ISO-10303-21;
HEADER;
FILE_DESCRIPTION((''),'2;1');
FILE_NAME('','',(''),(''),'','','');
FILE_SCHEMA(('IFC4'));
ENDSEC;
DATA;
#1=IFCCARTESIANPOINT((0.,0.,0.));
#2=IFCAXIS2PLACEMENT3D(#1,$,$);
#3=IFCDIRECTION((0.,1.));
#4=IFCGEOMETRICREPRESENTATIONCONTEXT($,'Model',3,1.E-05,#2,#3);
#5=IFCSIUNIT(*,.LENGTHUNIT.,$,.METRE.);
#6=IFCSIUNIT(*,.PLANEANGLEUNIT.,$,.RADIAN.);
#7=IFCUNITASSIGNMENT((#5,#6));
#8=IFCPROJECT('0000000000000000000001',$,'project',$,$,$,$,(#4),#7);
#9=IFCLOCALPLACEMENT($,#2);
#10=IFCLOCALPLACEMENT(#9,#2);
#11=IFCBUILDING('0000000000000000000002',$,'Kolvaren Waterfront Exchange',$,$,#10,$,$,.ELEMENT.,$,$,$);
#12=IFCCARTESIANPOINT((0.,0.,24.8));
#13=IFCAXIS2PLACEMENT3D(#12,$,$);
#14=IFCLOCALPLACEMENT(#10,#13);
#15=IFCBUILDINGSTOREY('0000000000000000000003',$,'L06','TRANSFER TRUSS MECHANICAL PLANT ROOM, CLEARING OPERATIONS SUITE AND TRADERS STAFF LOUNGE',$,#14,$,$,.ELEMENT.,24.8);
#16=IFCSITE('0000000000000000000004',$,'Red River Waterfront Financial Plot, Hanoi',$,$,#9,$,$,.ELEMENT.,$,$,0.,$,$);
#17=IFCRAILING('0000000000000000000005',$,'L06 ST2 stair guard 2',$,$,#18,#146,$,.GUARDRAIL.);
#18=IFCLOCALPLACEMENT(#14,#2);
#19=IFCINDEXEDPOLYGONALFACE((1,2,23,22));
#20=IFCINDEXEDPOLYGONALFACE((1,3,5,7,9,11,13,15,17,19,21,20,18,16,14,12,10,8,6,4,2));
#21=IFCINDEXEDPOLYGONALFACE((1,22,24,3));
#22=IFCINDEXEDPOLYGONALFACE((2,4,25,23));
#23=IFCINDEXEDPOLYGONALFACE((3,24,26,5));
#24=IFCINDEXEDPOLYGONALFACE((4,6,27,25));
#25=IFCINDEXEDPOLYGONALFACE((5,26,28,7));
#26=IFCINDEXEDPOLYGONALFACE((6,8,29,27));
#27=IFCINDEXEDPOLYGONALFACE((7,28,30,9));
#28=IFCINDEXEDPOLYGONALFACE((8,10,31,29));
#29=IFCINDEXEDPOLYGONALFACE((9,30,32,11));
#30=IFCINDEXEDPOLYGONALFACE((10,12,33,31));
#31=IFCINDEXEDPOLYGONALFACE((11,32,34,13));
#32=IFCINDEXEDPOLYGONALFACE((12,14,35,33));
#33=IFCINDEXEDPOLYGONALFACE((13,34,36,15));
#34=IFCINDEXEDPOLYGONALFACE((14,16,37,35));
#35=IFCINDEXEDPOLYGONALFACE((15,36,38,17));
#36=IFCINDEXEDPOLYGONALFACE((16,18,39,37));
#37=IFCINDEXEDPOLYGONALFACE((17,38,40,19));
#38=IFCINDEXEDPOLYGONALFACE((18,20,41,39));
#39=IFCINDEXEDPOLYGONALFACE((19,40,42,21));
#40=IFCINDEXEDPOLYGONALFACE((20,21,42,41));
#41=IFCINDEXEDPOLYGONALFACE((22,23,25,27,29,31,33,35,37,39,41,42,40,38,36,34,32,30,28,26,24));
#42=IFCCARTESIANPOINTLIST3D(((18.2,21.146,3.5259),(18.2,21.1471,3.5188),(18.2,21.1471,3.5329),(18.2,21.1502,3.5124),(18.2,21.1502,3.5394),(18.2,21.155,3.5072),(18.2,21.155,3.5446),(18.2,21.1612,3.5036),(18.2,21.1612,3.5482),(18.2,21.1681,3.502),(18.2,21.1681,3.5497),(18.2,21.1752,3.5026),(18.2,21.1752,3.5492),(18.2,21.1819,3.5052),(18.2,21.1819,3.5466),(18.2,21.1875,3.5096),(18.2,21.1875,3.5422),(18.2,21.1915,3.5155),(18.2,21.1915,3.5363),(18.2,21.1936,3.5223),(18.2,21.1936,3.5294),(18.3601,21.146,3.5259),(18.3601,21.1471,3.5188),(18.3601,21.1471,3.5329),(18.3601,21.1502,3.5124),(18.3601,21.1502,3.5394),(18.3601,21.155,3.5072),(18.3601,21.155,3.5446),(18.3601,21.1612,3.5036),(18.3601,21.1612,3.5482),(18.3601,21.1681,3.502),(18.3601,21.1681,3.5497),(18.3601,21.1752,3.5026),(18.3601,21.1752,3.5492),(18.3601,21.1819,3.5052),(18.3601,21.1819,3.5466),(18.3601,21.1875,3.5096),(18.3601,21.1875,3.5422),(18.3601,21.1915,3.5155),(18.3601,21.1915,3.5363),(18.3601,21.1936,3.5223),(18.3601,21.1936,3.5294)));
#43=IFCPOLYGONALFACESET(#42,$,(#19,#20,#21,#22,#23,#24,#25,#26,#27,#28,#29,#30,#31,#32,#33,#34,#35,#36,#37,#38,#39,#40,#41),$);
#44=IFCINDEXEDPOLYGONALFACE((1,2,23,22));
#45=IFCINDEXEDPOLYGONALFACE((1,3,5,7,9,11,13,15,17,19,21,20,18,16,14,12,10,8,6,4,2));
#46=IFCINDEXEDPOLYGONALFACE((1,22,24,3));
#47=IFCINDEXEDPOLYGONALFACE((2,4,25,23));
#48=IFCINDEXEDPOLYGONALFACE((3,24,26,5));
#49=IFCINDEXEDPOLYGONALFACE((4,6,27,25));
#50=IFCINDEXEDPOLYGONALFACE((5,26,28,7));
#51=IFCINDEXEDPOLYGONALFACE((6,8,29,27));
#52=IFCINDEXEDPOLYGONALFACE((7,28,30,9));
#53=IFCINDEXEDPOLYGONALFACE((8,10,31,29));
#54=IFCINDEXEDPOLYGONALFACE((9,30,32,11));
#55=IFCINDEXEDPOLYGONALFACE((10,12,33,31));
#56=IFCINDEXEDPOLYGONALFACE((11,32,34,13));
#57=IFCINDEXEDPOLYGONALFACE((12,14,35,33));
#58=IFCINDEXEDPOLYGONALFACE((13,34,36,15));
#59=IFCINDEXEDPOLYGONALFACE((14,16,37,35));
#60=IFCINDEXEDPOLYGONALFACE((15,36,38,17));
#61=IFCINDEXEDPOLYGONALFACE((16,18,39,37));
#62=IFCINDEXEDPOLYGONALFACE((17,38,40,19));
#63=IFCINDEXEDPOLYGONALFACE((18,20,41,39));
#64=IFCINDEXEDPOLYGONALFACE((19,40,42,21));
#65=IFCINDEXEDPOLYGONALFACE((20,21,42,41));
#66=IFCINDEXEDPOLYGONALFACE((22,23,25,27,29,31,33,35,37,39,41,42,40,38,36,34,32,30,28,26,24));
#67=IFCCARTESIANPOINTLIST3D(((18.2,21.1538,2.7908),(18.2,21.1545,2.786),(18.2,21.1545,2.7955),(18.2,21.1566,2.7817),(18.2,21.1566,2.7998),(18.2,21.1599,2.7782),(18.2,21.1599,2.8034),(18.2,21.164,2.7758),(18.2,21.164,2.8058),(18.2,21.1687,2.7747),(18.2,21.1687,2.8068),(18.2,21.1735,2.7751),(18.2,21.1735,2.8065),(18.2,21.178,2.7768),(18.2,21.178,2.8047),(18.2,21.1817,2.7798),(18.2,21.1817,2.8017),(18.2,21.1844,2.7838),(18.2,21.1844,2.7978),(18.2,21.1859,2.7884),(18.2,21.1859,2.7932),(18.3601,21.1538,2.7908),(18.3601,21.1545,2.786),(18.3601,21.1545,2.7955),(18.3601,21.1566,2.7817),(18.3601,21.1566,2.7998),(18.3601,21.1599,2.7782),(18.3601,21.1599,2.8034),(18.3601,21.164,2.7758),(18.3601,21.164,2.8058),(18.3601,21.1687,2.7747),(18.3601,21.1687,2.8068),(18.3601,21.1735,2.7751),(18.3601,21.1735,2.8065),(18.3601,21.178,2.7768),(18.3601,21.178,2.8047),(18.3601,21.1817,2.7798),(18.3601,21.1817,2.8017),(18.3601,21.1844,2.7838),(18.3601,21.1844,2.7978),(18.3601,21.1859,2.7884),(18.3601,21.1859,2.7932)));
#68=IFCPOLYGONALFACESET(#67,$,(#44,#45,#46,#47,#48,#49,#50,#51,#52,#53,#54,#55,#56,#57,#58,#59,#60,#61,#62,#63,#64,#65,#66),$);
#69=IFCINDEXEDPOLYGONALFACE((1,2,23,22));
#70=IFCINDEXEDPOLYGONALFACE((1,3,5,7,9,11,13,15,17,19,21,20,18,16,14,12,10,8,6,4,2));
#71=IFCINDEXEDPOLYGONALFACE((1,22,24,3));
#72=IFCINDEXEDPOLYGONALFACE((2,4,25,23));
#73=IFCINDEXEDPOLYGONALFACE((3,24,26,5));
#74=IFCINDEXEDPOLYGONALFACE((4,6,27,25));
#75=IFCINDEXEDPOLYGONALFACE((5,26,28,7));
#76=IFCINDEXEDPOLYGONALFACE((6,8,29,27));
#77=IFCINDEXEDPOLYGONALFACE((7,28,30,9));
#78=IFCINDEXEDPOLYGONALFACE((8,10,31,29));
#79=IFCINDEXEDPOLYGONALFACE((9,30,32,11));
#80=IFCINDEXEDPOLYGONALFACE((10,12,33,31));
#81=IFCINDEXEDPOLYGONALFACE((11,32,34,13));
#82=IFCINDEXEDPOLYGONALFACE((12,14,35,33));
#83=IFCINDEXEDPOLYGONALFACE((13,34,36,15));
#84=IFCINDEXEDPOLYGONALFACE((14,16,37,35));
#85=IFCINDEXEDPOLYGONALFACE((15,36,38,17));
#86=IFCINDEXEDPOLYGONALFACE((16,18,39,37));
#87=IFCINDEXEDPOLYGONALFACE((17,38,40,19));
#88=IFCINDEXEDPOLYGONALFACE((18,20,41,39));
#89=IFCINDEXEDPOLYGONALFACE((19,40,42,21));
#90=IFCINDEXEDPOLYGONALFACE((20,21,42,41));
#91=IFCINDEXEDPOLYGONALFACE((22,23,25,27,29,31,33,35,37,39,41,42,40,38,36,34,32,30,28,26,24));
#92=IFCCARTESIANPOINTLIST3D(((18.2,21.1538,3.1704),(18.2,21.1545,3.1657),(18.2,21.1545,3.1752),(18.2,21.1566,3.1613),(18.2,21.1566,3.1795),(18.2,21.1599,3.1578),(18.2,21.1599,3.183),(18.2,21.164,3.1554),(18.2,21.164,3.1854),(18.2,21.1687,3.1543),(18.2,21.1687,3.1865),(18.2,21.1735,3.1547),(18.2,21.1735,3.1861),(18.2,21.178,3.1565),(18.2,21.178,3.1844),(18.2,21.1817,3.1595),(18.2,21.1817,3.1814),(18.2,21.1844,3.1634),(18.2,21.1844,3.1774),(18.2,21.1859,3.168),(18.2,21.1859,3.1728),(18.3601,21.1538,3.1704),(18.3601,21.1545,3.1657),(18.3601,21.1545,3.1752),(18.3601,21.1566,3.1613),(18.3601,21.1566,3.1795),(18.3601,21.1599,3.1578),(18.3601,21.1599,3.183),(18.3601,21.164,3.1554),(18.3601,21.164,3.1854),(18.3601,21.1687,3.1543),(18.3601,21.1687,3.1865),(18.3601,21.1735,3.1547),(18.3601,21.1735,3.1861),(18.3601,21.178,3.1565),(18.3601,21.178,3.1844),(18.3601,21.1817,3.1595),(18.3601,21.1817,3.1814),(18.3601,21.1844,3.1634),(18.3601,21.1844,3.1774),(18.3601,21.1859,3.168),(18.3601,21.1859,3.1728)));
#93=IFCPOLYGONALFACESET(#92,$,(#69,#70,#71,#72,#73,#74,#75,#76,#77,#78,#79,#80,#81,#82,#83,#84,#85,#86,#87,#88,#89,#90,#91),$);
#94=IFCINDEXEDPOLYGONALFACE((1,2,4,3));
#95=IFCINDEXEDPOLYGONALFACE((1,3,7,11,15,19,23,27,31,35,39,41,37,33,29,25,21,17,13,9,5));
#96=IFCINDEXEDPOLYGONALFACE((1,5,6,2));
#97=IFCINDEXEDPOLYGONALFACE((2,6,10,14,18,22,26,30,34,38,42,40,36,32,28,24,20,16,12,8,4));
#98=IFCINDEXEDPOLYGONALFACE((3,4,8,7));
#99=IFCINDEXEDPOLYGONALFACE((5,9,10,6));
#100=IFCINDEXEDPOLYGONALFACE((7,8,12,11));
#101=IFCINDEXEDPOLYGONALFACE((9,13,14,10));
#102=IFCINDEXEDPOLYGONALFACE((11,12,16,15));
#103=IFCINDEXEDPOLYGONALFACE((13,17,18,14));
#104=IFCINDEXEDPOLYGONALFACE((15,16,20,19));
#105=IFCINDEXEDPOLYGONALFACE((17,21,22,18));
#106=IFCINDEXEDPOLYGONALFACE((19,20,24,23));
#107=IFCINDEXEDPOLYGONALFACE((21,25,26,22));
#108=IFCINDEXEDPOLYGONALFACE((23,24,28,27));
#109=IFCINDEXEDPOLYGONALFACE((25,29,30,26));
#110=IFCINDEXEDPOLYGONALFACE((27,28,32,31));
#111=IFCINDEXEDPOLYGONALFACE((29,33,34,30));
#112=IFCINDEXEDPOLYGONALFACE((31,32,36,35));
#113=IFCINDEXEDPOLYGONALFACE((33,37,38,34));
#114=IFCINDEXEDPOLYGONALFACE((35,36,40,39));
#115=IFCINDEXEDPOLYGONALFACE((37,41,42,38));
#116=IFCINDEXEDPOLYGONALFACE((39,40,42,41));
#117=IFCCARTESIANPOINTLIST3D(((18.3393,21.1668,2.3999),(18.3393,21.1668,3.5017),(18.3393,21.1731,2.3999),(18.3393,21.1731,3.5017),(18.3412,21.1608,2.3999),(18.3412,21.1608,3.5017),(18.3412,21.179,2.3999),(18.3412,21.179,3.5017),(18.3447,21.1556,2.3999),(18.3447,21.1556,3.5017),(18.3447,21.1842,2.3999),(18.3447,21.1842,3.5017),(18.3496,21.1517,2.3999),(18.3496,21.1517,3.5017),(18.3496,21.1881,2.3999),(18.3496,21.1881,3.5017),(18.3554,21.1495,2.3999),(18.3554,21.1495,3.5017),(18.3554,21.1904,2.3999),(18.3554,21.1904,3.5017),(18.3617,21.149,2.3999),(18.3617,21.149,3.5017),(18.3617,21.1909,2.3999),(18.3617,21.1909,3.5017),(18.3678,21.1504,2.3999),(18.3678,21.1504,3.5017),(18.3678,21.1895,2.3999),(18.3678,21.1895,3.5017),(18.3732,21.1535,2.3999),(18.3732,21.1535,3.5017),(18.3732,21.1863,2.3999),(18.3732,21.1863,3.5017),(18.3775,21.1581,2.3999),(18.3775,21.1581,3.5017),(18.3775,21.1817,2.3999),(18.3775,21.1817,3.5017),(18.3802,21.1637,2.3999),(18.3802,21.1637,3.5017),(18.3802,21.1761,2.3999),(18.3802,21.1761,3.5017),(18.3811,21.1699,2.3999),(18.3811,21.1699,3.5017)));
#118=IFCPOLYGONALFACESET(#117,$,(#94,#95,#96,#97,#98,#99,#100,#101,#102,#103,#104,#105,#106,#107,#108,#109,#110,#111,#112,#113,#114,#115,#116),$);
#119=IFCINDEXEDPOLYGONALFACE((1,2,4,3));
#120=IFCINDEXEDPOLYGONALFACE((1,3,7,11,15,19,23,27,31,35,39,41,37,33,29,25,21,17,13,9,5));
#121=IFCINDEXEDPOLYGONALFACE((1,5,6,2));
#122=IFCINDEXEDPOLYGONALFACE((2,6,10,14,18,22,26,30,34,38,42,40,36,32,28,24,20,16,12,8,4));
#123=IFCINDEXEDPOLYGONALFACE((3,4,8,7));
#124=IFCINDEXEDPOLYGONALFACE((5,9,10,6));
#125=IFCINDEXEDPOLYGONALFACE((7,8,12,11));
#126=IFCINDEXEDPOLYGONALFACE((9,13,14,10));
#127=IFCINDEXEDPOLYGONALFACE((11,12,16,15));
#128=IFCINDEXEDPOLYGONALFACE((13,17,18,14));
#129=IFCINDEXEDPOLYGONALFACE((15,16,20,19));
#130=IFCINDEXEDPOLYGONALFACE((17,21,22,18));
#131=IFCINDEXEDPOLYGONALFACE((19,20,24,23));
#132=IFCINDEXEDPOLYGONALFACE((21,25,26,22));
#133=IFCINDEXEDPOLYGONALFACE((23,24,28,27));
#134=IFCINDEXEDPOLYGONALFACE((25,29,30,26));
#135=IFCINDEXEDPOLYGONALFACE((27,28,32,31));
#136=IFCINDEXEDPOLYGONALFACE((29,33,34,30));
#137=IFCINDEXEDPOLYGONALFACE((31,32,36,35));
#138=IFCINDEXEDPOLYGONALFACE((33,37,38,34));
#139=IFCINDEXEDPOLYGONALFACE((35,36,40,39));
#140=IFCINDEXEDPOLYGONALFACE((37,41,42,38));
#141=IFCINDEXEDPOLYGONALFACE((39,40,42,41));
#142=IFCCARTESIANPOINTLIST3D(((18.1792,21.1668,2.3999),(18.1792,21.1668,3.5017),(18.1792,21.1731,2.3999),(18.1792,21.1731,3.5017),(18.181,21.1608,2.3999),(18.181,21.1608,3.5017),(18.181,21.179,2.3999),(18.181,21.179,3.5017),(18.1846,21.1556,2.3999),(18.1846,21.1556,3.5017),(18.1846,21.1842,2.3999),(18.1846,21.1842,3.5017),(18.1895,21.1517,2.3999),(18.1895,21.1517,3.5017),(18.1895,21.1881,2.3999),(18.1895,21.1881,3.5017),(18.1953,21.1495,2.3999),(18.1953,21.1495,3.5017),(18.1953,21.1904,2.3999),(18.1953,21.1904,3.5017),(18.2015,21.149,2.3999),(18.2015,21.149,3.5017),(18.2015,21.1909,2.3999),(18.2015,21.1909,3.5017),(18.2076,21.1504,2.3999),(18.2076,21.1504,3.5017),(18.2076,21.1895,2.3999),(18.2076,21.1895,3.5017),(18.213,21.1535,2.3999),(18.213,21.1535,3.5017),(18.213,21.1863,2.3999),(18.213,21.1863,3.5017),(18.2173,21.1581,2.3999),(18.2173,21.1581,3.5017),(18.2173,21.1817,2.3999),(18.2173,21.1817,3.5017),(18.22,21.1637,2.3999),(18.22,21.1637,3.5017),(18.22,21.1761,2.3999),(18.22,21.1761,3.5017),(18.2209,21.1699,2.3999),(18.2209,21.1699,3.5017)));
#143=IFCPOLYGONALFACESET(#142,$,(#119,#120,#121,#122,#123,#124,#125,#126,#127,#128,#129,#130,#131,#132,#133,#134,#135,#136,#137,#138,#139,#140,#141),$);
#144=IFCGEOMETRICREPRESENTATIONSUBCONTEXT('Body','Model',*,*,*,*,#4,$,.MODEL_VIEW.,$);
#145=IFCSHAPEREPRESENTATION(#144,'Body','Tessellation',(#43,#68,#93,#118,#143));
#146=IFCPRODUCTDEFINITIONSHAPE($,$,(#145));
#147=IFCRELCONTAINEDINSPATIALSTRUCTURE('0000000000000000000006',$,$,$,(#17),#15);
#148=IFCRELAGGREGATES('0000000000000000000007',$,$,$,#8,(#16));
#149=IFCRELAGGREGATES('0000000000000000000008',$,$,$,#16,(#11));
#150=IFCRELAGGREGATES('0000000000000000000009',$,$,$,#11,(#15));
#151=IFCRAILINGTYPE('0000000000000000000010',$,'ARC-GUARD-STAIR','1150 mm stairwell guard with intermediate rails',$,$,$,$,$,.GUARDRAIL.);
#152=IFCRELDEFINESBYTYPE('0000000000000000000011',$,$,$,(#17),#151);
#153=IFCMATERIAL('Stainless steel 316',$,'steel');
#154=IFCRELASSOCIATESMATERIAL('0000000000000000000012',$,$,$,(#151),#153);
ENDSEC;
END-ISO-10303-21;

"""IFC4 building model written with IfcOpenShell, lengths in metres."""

from ifc_helpers import new_model, si_unit, direction, frame, origin, origin_2d, place, context, subcontext, project, spatial, circle, extrude, material, type_object, element, save


model = new_model("IFC4")

# Units and contexts
model_context = context("Model", 3, precision=1e-05, world=origin(), true_north=direction((0.0, 1.0)))
body_context = subcontext(model_context, "Body", "Model", "MODEL_VIEW")
ifc_project = project(units=[si_unit("LENGTHUNIT", "METRE"), si_unit("PLANEANGLEUNIT", "RADIAN")], contexts=[model_context])

# Site, building, storey
site_placement = place(None, origin())
site = spatial("IfcSite", under=ifc_project, at=site_placement, Name="Red River Waterfront Financial Plot, Hanoi", CompositionType="ELEMENT", RefElevation=0.0)
building_placement = place(site_placement, origin())
building = spatial("IfcBuilding", under=site, at=building_placement, Name="Kolvaren Waterfront Exchange", CompositionType="ELEMENT")
storey_placement = place(building_placement, frame((0.0, 0.0, 24.8)))
storey = spatial("IfcBuildingStorey", under=building, at=storey_placement, Name="L06", Description="TRANSFER TRUSS MECHANICAL PLANT ROOM, CLEARING OPERATIONS SUITE AND TRADERS STAFF LOUNGE", CompositionType="ELEMENT", Elevation=24.8)

# Railing
ifc_material_1 = material(Name="Stainless steel 316", Category="steel")
railing_type_1 = type_object("IfcRailingType", Name="ARC-GUARD-STAIR", Description="1150 mm stairwell guard with intermediate rails", PredefinedType="GUARDRAIL", material=ifc_material_1)
railing_1_placement = place(storey_placement, frame((18.3601, 21.1699, 2.3999)))
element("IfcRailing", 1, at=railing_1_placement, inside=storey, type_object=railing_type_1, Name="L06 ST2 stair guard 2", PredefinedType="GUARDRAIL", context=body_context, shape_type="SweptSolid", body=[
    extrude(circle(Radius=0.0239, at=origin_2d()), frame((0.0, 0.0, 1.126), z_axis=(-1.0, 0.0, 0.0), x_axis=(0.0, -1.0, 0.0)), (0.0, 0.0, 1.0), 0.1602),
    extrude(circle(Radius=0.0161, at=origin_2d()), frame((0.0, 0.0, 0.3909), z_axis=(-1.0, 0.0, 0.0), x_axis=(0.0, -1.0, 0.0)), (0.0, 0.0, 1.0), 0.1602),
    extrude(circle(Radius=0.0161, at=origin_2d()), frame((0.0, 0.0, 0.7705), z_axis=(-1.0, 0.0, 0.0), x_axis=(0.0, -1.0, 0.0)), (0.0, 0.0, 1.0), 0.1602),
    extrude(circle(Radius=0.021, at=origin_2d()), origin(), (0.0, 0.0, 1.0), 1.1018),
    extrude(circle(Radius=0.021, at=origin_2d()), frame((-0.1602, 0.0, 0.0)), (0.0, 0.0, 1.0), 1.1018),
])

save(model, "model.ifc")
